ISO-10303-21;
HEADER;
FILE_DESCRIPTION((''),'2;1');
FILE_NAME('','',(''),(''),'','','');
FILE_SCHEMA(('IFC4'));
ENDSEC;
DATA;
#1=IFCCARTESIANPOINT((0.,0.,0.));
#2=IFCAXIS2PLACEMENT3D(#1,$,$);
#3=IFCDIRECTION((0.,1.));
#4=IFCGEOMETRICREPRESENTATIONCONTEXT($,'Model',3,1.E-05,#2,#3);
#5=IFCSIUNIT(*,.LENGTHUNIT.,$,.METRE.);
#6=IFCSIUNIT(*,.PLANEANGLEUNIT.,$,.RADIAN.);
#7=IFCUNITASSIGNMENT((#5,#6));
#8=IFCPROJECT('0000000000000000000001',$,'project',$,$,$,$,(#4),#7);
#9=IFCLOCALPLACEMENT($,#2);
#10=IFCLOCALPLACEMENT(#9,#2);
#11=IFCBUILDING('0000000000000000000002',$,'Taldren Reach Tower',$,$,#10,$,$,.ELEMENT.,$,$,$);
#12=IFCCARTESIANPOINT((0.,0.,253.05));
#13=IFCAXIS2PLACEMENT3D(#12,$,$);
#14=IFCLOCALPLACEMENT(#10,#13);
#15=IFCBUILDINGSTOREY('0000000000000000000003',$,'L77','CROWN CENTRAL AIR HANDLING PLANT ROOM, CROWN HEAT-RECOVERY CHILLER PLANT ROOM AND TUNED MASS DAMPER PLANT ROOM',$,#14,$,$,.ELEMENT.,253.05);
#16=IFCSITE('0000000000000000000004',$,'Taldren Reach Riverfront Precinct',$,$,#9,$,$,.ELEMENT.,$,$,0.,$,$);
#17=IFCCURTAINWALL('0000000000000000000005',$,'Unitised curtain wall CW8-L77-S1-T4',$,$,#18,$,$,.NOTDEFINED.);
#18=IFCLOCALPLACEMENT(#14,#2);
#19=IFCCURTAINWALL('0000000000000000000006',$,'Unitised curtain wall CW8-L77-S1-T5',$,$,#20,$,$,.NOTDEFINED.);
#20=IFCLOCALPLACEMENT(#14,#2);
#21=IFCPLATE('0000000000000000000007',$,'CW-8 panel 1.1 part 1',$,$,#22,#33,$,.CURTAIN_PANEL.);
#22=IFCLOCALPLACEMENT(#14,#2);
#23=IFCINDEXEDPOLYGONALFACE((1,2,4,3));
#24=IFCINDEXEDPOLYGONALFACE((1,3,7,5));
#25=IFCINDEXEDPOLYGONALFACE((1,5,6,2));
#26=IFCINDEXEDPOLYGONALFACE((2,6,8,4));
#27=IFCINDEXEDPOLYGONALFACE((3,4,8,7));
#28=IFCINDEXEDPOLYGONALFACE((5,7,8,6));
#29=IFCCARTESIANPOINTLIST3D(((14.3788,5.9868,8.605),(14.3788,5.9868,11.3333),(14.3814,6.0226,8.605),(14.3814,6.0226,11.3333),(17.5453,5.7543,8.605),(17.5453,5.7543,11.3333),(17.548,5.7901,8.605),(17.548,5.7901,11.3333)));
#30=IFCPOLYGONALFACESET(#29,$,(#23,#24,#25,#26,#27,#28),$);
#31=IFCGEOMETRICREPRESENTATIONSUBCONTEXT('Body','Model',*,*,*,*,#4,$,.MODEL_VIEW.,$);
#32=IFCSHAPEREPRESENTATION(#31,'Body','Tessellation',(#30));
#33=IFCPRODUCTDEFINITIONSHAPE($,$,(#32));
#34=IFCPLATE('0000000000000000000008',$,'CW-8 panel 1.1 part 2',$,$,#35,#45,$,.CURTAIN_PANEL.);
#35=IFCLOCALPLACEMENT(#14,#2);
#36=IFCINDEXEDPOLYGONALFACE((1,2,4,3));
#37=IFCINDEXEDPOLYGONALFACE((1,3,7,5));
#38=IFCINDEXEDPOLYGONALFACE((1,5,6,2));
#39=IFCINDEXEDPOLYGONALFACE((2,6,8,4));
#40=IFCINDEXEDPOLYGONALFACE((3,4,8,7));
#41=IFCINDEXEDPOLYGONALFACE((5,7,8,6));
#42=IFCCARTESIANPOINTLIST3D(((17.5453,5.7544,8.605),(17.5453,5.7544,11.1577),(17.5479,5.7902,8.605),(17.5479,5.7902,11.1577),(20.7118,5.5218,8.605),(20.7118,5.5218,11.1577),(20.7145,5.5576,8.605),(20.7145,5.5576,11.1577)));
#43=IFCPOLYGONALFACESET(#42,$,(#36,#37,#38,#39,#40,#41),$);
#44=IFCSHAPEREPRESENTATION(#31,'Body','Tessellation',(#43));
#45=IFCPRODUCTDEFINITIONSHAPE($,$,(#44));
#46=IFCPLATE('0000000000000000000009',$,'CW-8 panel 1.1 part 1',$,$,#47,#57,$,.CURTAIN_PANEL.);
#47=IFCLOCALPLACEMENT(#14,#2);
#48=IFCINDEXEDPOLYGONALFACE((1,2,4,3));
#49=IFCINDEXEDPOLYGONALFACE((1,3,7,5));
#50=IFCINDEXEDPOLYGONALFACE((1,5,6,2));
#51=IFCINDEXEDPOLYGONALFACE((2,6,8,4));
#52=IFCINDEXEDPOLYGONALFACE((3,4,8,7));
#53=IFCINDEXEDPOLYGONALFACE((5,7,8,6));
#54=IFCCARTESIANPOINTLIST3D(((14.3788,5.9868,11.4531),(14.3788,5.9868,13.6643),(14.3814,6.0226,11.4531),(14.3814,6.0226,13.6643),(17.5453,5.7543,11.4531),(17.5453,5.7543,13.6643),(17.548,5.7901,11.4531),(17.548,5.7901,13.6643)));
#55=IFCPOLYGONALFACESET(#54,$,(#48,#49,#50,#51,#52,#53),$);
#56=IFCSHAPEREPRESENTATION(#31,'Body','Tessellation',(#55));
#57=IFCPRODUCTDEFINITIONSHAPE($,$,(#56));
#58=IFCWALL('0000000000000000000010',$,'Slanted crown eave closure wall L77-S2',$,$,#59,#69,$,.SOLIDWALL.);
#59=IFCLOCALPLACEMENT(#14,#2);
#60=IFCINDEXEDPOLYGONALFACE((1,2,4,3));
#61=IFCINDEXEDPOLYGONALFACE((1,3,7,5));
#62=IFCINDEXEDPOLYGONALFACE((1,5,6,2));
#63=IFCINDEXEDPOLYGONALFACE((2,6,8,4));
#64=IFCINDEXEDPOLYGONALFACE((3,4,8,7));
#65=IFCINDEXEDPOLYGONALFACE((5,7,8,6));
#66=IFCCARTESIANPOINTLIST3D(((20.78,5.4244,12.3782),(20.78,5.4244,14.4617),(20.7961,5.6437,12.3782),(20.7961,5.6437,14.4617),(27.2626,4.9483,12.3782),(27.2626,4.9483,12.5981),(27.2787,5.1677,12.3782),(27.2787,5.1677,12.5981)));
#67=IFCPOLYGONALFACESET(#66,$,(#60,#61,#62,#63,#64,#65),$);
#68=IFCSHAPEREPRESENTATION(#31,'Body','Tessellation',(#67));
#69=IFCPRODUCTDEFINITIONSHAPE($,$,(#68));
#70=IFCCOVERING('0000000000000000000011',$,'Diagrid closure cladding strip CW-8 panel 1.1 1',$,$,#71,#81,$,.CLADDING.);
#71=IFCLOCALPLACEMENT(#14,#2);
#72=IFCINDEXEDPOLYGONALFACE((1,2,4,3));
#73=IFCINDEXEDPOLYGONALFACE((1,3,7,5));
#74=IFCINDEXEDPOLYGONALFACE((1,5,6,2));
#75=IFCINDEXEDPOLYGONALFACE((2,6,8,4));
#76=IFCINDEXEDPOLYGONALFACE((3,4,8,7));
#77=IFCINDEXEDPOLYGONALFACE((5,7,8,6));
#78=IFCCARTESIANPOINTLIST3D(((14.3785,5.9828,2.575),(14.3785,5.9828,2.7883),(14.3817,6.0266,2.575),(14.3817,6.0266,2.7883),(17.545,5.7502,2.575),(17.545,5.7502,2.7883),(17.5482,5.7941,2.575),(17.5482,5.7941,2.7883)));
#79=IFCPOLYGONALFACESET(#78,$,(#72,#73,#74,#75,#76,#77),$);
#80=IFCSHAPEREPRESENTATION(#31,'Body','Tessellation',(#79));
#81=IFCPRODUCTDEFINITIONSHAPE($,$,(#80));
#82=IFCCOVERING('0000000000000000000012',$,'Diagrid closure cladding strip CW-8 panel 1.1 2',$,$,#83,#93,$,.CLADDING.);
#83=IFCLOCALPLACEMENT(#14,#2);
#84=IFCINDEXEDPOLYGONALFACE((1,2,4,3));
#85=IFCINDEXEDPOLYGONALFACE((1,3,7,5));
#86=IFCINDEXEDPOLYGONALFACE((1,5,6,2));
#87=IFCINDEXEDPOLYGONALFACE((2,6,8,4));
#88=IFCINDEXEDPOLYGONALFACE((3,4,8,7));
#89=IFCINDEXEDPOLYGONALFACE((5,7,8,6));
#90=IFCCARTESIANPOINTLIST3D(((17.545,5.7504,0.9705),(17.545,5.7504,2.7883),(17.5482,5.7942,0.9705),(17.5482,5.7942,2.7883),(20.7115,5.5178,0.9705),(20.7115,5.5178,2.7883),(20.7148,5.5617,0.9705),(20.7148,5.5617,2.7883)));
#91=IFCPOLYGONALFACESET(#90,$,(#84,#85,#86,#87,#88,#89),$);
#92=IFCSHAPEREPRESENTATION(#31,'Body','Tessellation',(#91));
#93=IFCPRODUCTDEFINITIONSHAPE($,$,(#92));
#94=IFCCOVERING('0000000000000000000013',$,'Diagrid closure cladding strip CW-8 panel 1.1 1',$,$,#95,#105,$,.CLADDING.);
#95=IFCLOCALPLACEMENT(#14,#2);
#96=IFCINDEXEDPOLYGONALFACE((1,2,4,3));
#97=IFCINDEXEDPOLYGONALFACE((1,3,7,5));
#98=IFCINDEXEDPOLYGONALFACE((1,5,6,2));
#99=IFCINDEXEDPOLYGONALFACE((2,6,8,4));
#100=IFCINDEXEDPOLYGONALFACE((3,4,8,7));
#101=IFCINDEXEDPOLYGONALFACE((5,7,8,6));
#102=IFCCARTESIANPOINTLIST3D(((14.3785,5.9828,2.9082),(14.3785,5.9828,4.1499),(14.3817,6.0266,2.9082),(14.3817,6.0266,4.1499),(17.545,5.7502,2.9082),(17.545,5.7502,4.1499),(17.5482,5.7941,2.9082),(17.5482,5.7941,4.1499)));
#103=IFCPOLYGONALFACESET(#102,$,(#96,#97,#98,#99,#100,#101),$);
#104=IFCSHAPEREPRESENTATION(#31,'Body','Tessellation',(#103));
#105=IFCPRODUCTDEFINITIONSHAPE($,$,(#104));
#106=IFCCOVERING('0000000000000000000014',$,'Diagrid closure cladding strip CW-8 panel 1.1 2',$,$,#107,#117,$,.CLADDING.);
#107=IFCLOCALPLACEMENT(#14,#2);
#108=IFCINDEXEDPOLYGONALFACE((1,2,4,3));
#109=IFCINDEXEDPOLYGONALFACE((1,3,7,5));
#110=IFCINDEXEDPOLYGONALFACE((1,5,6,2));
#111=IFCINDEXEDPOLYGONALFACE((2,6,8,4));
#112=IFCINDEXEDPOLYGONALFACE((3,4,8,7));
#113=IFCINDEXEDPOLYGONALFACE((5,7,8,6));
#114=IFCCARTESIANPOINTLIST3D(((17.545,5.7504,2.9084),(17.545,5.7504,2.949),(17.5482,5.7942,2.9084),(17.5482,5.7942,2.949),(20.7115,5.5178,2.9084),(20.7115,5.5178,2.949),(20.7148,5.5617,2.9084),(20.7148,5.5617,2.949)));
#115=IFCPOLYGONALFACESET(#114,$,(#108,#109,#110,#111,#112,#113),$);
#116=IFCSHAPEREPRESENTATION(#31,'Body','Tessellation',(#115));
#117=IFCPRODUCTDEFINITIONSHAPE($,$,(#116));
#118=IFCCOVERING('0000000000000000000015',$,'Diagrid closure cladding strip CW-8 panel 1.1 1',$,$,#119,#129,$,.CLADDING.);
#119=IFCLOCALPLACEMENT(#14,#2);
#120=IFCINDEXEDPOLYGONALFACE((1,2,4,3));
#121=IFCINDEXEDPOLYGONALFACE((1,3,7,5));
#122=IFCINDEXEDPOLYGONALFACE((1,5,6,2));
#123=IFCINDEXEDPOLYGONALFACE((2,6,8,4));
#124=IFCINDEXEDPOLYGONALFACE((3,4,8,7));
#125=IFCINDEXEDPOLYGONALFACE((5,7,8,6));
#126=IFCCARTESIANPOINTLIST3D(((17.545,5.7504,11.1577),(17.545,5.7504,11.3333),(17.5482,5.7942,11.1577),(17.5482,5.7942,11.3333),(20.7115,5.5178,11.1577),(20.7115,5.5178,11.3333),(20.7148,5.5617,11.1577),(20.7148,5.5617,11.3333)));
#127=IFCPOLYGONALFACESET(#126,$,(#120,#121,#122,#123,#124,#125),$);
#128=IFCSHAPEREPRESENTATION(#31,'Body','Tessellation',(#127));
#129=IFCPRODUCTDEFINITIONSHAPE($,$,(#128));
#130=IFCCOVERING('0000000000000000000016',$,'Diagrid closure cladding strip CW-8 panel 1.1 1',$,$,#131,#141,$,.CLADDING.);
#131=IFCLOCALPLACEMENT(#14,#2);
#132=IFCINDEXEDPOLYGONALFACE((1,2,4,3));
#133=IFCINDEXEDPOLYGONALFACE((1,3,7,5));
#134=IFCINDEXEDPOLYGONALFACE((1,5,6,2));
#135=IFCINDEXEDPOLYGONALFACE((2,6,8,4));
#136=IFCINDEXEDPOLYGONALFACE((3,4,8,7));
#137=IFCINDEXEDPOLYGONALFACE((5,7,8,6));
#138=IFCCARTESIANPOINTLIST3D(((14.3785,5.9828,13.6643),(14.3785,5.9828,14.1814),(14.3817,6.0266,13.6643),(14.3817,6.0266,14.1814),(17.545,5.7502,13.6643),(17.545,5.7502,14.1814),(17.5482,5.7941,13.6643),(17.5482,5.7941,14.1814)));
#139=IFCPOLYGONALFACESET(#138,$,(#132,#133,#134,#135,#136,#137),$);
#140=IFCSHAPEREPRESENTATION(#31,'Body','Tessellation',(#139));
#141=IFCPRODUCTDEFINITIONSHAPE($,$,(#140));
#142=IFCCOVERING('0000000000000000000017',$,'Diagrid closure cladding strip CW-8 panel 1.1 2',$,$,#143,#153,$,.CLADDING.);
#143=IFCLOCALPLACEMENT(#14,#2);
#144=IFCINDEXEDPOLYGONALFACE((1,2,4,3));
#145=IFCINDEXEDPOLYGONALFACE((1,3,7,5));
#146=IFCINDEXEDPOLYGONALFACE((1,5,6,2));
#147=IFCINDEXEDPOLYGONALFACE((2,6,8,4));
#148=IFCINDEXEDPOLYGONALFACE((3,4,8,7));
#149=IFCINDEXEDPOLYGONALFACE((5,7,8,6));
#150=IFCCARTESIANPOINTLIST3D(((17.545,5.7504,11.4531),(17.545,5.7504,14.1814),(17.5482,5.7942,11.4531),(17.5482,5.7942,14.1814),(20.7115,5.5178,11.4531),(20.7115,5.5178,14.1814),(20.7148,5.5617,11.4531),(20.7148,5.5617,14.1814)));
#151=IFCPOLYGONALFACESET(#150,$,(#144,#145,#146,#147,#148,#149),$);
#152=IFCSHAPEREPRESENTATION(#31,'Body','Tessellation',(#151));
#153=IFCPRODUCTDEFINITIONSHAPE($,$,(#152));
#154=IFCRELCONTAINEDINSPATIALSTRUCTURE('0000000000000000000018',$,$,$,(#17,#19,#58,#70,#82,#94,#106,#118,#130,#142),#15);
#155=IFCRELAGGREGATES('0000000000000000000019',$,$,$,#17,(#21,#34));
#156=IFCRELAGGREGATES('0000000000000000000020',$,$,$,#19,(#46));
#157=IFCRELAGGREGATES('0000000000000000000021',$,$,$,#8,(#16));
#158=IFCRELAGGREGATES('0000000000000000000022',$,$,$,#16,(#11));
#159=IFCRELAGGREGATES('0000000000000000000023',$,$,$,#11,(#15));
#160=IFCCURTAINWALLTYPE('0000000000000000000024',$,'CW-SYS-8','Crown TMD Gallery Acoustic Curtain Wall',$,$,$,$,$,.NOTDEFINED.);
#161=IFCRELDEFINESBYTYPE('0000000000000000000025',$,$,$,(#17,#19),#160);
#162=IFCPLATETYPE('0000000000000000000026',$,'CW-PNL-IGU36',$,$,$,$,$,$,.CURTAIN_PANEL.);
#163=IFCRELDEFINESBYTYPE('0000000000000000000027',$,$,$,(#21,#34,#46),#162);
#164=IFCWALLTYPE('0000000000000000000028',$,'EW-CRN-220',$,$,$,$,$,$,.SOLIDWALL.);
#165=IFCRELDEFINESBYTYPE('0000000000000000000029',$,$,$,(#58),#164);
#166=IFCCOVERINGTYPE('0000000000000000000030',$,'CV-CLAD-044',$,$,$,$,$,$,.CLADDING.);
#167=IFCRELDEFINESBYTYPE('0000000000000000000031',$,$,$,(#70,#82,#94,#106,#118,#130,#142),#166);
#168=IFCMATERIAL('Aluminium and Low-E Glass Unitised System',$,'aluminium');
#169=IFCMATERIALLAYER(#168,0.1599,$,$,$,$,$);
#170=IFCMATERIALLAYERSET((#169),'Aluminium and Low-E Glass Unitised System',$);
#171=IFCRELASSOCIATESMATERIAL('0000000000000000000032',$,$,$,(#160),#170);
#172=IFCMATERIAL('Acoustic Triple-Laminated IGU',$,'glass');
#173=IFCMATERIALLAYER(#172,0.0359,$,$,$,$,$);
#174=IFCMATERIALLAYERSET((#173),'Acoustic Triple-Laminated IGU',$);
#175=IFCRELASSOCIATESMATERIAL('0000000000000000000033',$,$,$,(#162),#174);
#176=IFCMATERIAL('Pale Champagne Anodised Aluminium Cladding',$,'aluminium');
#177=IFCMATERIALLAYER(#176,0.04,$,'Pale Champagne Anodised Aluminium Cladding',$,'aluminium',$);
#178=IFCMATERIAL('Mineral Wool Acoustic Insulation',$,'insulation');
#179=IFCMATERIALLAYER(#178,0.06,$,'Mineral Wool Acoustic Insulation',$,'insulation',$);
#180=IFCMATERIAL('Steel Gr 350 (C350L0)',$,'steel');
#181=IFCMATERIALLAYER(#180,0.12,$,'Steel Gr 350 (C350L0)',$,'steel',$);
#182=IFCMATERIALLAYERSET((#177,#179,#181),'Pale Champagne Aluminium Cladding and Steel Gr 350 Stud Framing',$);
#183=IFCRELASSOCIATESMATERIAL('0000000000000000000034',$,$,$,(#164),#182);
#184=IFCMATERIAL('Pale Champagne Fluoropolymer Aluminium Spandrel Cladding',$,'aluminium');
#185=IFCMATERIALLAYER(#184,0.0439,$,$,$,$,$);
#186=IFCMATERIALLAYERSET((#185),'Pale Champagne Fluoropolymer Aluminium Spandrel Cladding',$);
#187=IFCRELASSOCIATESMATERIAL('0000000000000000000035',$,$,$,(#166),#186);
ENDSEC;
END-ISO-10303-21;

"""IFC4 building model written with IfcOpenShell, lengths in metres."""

from ifc_helpers import new_model, si_unit, direction, frame, origin, origin_2d, place, context, subcontext, project, spatial, polyline, rectangle, outline, extrude, source, transform, mapped, material, layer, layer_set, type_object, element, aggregate, save


model = new_model("IFC4")

# Units and contexts
model_context = context("Model", 3, precision=1e-05, world=origin(), true_north=direction((0.0, 1.0)))
body_context = subcontext(model_context, "Body", "Model", "MODEL_VIEW")
ifc_project = project(units=[si_unit("LENGTHUNIT", "METRE"), si_unit("PLANEANGLEUNIT", "RADIAN")], contexts=[model_context])

# Site, building, storey
site_placement = place(None, origin())
site = spatial("IfcSite", under=ifc_project, at=site_placement, Name="Taldren Reach Riverfront Precinct", CompositionType="ELEMENT", RefElevation=0.0)
building_placement = place(site_placement, origin())
building = spatial("IfcBuilding", under=site, at=building_placement, Name="Taldren Reach Tower", CompositionType="ELEMENT")
storey_placement = place(building_placement, frame((0.0, 0.0, 253.05)))
storey = spatial("IfcBuildingStorey", under=building, at=storey_placement, Name="L77", Description="CROWN CENTRAL AIR HANDLING PLANT ROOM, CROWN HEAT-RECOVERY CHILLER PLANT ROOM AND TUNED MASS DAMPER PLANT ROOM", CompositionType="ELEMENT", Elevation=253.05)

# Curtain walls
ifc_material_1 = material(Name="Aluminium and Low-E Glass Unitised System", Category="aluminium")
ifc_layer_1 = layer(ifc_material_1, 0.1599)
ifc_layer_set_1 = layer_set([ifc_layer_1], Name="Aluminium and Low-E Glass Unitised System")
curtain_wall_type = type_object("IfcCurtainWallType", Name="CW-SYS-8", Description="Crown TMD Gallery Acoustic Curtain Wall", PredefinedType="NOTDEFINED", material=ifc_layer_set_1)
curtain_wall_1_placement = place(storey_placement, origin())
curtain_wall_1 = element("IfcCurtainWall", 1, at=curtain_wall_1_placement, inside=storey, type_object=curtain_wall_type, Name="Unitised curtain wall CW8-L77-S1-T4", PredefinedType="NOTDEFINED")
curtain_wall_2_placement = place(storey_placement, origin())
curtain_wall_2 = element("IfcCurtainWall", 2, at=curtain_wall_2_placement, inside=storey, type_object=curtain_wall_type, Name="Unitised curtain wall CW8-L77-S1-T5", PredefinedType="NOTDEFINED")

# Plates
ifc_material_2 = material(Name="Acoustic Triple-Laminated IGU", Category="glass")
ifc_layer_2 = layer(ifc_material_2, 0.0359)
ifc_layer_set_2 = layer_set([ifc_layer_2], Name="Acoustic Triple-Laminated IGU")
plate_type = type_object("IfcPlateType", Name="CW-PNL-IGU36", PredefinedType="CURTAIN_PANEL", material=ifc_layer_set_2)
shared_shape_1 = source(origin(), body_context, "Body", "SweptSolid", [
    extrude(rectangle(XDim=3.175, YDim=0.0359, at=origin_2d()), origin(), (0.0, 0.0, 1.0), 2.7283),
])
plate_1_placement = place(storey_placement, frame((15.9634, 5.8884, 8.605), z_axis=(0.0, 0.0, 1.0), x_axis=(0.997314, -0.073239, 0.0)))
plate_1 = element("IfcPlate", 3, at=plate_1_placement, type_object=plate_type, Name="CW-8 panel 1.1 part 1", PredefinedType="CURTAIN_PANEL", context=body_context, shape_type="MappedRepresentation", body=[
    mapped(shared_shape_1, transform((0.0, 0.0, 0.0), scale=1.0)),
])
shared_shape_2 = source(origin(), body_context, "Body", "SweptSolid", [
    extrude(rectangle(XDim=3.175, YDim=0.0359, at=origin_2d()), origin(), (0.0, 0.0, 1.0), 2.5527),
])
plate_2_placement = place(storey_placement, frame((19.1299, 5.656, 8.605), z_axis=(0.0, 0.0, 1.0), x_axis=(0.997314, -0.073239, 0.0)))
plate_2 = element("IfcPlate", 4, at=plate_2_placement, type_object=plate_type, Name="CW-8 panel 1.1 part 2", PredefinedType="CURTAIN_PANEL", context=body_context, shape_type="MappedRepresentation", body=[
    mapped(shared_shape_2, transform((0.0, 0.0, 0.0), scale=1.0)),
])
aggregate(curtain_wall_1, [plate_1, plate_2])
shared_shape_3 = source(origin(), body_context, "Body", "SweptSolid", [
    extrude(rectangle(XDim=3.175, YDim=0.0359, at=origin_2d()), origin(), (0.0, 0.0, 1.0), 2.2112),
])
plate_3_placement = place(storey_placement, frame((15.9634, 5.8884, 11.4531), z_axis=(0.0, 0.0, 1.0), x_axis=(0.997314, -0.073239, 0.0)))
plate_3 = element("IfcPlate", 5, at=plate_3_placement, type_object=plate_type, Name="CW-8 panel 1.1 part 1", PredefinedType="CURTAIN_PANEL", context=body_context, shape_type="MappedRepresentation", body=[
    mapped(shared_shape_3, transform((0.0, 0.0, 0.0), scale=1.0)),
])
aggregate(curtain_wall_2, [plate_3])

# Wall
ifc_material_3 = material(Name="Pale Champagne Anodised Aluminium Cladding", Category="aluminium")
ifc_layer_3 = layer(ifc_material_3, 0.04, Name="Pale Champagne Anodised Aluminium Cladding", Category="aluminium")
ifc_material_4 = material(Name="Mineral Wool Acoustic Insulation", Category="insulation")
ifc_layer_4 = layer(ifc_material_4, 0.06, Name="Mineral Wool Acoustic Insulation", Category="insulation")
ifc_material_5 = material(Name="Steel Gr 350 (C350L0)", Category="steel")
ifc_layer_5 = layer(ifc_material_5, 0.12, Name="Steel Gr 350 (C350L0)", Category="steel")
ifc_layer_set_3 = layer_set([ifc_layer_3, ifc_layer_4, ifc_layer_5], Name="Pale Champagne Aluminium Cladding and Steel Gr 350 Stud Framing")
wall_type = type_object("IfcWallType", Name="EW-CRN-220", PredefinedType="SOLIDWALL", material=ifc_layer_set_3)
wall_placement = place(storey_placement, frame((20.7881, 5.5342, 12.3782), z_axis=(0.0, 0.0, 1.0), x_axis=(0.997314, -0.073244, 0.0)))
element("IfcWall", 6, at=wall_placement, inside=storey, type_object=wall_type, Name="Slanted crown eave closure wall L77-S2", PredefinedType="SOLIDWALL", context=body_context, shape_type="SweptSolid", body=[
    extrude(outline(polyline([(0.0, 0.0), (6.5, 0.0), (6.5, 0.22), (0.0, 2.0835), (0.0, 0.0)])), frame((0.0, 0.1099, 0.0), z_axis=(0.0, -1.0, 0.0), x_axis=(1.0, 0.0, 0.0)), (0.0, 0.0, 1.0), 0.22),
])

# Coverings
ifc_material_6 = material(Name="Pale Champagne Fluoropolymer Aluminium Spandrel Cladding", Category="aluminium")
ifc_layer_6 = layer(ifc_material_6, 0.0439)
ifc_layer_set_4 = layer_set([ifc_layer_6], Name="Pale Champagne Fluoropolymer Aluminium Spandrel Cladding")
covering_type = type_object("IfcCoveringType", Name="CV-CLAD-044", PredefinedType="CLADDING", material=ifc_layer_set_4)
shared_shape_4 = source(origin(), body_context, "Body", "SweptSolid", [
    extrude(rectangle(XDim=3.175, YDim=0.0439, at=origin_2d()), origin(), (0.0, 0.0, 1.0), 0.2134),
])
covering_1_placement = place(storey_placement, frame((15.9634, 5.8884, 2.575), z_axis=(0.0, 0.0, 1.0), x_axis=(0.997314, -0.073239, 0.0)))
element("IfcCovering", 7, at=covering_1_placement, inside=storey, type_object=covering_type, Name="Diagrid closure cladding strip CW-8 panel 1.1 1", PredefinedType="CLADDING", context=body_context, shape_type="MappedRepresentation", body=[
    mapped(shared_shape_4, transform((0.0, 0.0, 0.0), scale=1.0)),
])
shared_shape_5 = source(origin(), body_context, "Body", "SweptSolid", [
    extrude(rectangle(XDim=3.175, YDim=0.0439, at=origin_2d()), origin(), (0.0, 0.0, 1.0), 1.8179),
])
covering_2_placement = place(storey_placement, frame((19.1299, 5.656, 0.9705), z_axis=(0.0, 0.0, 1.0), x_axis=(0.997314, -0.073239, 0.0)))
element("IfcCovering", 8, at=covering_2_placement, inside=storey, type_object=covering_type, Name="Diagrid closure cladding strip CW-8 panel 1.1 2", PredefinedType="CLADDING", context=body_context, shape_type="MappedRepresentation", body=[
    mapped(shared_shape_5, transform((0.0, 0.0, 0.0), scale=1.0)),
])
shared_shape_6 = source(origin(), body_context, "Body", "SweptSolid", [
    extrude(rectangle(XDim=3.175, YDim=0.0439, at=origin_2d()), origin(), (0.0, 0.0, 1.0), 1.2417),
])
covering_3_placement = place(storey_placement, frame((15.9634, 5.8884, 2.9082), z_axis=(0.0, 0.0, 1.0), x_axis=(0.997314, -0.073239, 0.0)))
element("IfcCovering", 9, at=covering_3_placement, inside=storey, type_object=covering_type, Name="Diagrid closure cladding strip CW-8 panel 1.1 1", PredefinedType="CLADDING", context=body_context, shape_type="MappedRepresentation", body=[
    mapped(shared_shape_6, transform((0.0, 0.0, 0.0), scale=1.0)),
])
shared_shape_7 = source(origin(), body_context, "Body", "SweptSolid", [
    extrude(rectangle(XDim=3.175, YDim=0.0439, at=origin_2d()), origin(), (0.0, 0.0, 1.0), 0.0405),
])
covering_4_placement = place(storey_placement, frame((19.1299, 5.656, 2.9084), z_axis=(0.0, 0.0, 1.0), x_axis=(0.997314, -0.073239, 0.0)))
element("IfcCovering", 10, at=covering_4_placement, inside=storey, type_object=covering_type, Name="Diagrid closure cladding strip CW-8 panel 1.1 2", PredefinedType="CLADDING", context=body_context, shape_type="MappedRepresentation", body=[
    mapped(shared_shape_7, transform((0.0, 0.0, 0.0), scale=1.0)),
])
shared_shape_8 = source(origin(), body_context, "Body", "SweptSolid", [
    extrude(rectangle(XDim=3.175, YDim=0.0439, at=origin_2d()), origin(), (0.0, 0.0, 1.0), 0.1755),
])
covering_5_placement = place(storey_placement, frame((19.1299, 5.656, 11.1577), z_axis=(0.0, 0.0, 1.0), x_axis=(0.997314, -0.073239, 0.0)))
element("IfcCovering", 11, at=covering_5_placement, inside=storey, type_object=covering_type, Name="Diagrid closure cladding strip CW-8 panel 1.1 1", PredefinedType="CLADDING", context=body_context, shape_type="MappedRepresentation", body=[
    mapped(shared_shape_8, transform((0.0, 0.0, 0.0), scale=1.0)),
])
shared_shape_9 = source(origin(), body_context, "Body", "SweptSolid", [
    extrude(rectangle(XDim=3.175, YDim=0.0439, at=origin_2d()), origin(), (0.0, 0.0, 1.0), 0.5171),
])
covering_6_placement = place(storey_placement, frame((15.9634, 5.8884, 13.6643), z_axis=(0.0, 0.0, 1.0), x_axis=(0.997314, -0.073239, 0.0)))
element("IfcCovering", 12, at=covering_6_placement, inside=storey, type_object=covering_type, Name="Diagrid closure cladding strip CW-8 panel 1.1 1", PredefinedType="CLADDING", context=body_context, shape_type="MappedRepresentation", body=[
    mapped(shared_shape_9, transform((0.0, 0.0, 0.0), scale=1.0)),
])
shared_shape_10 = source(origin(), body_context, "Body", "SweptSolid", [
    extrude(rectangle(XDim=3.175, YDim=0.0439, at=origin_2d()), origin(), (0.0, 0.0, 1.0), 2.7283),
])
covering_7_placement = place(storey_placement, frame((19.1299, 5.656, 11.4531), z_axis=(0.0, 0.0, 1.0), x_axis=(0.997314, -0.073239, 0.0)))
element("IfcCovering", 13, at=covering_7_placement, inside=storey, type_object=covering_type, Name="Diagrid closure cladding strip CW-8 panel 1.1 2", PredefinedType="CLADDING", context=body_context, shape_type="MappedRepresentation", body=[
    mapped(shared_shape_10, transform((0.0, 0.0, 0.0), scale=1.0)),
])

save(model, "model.ifc")
